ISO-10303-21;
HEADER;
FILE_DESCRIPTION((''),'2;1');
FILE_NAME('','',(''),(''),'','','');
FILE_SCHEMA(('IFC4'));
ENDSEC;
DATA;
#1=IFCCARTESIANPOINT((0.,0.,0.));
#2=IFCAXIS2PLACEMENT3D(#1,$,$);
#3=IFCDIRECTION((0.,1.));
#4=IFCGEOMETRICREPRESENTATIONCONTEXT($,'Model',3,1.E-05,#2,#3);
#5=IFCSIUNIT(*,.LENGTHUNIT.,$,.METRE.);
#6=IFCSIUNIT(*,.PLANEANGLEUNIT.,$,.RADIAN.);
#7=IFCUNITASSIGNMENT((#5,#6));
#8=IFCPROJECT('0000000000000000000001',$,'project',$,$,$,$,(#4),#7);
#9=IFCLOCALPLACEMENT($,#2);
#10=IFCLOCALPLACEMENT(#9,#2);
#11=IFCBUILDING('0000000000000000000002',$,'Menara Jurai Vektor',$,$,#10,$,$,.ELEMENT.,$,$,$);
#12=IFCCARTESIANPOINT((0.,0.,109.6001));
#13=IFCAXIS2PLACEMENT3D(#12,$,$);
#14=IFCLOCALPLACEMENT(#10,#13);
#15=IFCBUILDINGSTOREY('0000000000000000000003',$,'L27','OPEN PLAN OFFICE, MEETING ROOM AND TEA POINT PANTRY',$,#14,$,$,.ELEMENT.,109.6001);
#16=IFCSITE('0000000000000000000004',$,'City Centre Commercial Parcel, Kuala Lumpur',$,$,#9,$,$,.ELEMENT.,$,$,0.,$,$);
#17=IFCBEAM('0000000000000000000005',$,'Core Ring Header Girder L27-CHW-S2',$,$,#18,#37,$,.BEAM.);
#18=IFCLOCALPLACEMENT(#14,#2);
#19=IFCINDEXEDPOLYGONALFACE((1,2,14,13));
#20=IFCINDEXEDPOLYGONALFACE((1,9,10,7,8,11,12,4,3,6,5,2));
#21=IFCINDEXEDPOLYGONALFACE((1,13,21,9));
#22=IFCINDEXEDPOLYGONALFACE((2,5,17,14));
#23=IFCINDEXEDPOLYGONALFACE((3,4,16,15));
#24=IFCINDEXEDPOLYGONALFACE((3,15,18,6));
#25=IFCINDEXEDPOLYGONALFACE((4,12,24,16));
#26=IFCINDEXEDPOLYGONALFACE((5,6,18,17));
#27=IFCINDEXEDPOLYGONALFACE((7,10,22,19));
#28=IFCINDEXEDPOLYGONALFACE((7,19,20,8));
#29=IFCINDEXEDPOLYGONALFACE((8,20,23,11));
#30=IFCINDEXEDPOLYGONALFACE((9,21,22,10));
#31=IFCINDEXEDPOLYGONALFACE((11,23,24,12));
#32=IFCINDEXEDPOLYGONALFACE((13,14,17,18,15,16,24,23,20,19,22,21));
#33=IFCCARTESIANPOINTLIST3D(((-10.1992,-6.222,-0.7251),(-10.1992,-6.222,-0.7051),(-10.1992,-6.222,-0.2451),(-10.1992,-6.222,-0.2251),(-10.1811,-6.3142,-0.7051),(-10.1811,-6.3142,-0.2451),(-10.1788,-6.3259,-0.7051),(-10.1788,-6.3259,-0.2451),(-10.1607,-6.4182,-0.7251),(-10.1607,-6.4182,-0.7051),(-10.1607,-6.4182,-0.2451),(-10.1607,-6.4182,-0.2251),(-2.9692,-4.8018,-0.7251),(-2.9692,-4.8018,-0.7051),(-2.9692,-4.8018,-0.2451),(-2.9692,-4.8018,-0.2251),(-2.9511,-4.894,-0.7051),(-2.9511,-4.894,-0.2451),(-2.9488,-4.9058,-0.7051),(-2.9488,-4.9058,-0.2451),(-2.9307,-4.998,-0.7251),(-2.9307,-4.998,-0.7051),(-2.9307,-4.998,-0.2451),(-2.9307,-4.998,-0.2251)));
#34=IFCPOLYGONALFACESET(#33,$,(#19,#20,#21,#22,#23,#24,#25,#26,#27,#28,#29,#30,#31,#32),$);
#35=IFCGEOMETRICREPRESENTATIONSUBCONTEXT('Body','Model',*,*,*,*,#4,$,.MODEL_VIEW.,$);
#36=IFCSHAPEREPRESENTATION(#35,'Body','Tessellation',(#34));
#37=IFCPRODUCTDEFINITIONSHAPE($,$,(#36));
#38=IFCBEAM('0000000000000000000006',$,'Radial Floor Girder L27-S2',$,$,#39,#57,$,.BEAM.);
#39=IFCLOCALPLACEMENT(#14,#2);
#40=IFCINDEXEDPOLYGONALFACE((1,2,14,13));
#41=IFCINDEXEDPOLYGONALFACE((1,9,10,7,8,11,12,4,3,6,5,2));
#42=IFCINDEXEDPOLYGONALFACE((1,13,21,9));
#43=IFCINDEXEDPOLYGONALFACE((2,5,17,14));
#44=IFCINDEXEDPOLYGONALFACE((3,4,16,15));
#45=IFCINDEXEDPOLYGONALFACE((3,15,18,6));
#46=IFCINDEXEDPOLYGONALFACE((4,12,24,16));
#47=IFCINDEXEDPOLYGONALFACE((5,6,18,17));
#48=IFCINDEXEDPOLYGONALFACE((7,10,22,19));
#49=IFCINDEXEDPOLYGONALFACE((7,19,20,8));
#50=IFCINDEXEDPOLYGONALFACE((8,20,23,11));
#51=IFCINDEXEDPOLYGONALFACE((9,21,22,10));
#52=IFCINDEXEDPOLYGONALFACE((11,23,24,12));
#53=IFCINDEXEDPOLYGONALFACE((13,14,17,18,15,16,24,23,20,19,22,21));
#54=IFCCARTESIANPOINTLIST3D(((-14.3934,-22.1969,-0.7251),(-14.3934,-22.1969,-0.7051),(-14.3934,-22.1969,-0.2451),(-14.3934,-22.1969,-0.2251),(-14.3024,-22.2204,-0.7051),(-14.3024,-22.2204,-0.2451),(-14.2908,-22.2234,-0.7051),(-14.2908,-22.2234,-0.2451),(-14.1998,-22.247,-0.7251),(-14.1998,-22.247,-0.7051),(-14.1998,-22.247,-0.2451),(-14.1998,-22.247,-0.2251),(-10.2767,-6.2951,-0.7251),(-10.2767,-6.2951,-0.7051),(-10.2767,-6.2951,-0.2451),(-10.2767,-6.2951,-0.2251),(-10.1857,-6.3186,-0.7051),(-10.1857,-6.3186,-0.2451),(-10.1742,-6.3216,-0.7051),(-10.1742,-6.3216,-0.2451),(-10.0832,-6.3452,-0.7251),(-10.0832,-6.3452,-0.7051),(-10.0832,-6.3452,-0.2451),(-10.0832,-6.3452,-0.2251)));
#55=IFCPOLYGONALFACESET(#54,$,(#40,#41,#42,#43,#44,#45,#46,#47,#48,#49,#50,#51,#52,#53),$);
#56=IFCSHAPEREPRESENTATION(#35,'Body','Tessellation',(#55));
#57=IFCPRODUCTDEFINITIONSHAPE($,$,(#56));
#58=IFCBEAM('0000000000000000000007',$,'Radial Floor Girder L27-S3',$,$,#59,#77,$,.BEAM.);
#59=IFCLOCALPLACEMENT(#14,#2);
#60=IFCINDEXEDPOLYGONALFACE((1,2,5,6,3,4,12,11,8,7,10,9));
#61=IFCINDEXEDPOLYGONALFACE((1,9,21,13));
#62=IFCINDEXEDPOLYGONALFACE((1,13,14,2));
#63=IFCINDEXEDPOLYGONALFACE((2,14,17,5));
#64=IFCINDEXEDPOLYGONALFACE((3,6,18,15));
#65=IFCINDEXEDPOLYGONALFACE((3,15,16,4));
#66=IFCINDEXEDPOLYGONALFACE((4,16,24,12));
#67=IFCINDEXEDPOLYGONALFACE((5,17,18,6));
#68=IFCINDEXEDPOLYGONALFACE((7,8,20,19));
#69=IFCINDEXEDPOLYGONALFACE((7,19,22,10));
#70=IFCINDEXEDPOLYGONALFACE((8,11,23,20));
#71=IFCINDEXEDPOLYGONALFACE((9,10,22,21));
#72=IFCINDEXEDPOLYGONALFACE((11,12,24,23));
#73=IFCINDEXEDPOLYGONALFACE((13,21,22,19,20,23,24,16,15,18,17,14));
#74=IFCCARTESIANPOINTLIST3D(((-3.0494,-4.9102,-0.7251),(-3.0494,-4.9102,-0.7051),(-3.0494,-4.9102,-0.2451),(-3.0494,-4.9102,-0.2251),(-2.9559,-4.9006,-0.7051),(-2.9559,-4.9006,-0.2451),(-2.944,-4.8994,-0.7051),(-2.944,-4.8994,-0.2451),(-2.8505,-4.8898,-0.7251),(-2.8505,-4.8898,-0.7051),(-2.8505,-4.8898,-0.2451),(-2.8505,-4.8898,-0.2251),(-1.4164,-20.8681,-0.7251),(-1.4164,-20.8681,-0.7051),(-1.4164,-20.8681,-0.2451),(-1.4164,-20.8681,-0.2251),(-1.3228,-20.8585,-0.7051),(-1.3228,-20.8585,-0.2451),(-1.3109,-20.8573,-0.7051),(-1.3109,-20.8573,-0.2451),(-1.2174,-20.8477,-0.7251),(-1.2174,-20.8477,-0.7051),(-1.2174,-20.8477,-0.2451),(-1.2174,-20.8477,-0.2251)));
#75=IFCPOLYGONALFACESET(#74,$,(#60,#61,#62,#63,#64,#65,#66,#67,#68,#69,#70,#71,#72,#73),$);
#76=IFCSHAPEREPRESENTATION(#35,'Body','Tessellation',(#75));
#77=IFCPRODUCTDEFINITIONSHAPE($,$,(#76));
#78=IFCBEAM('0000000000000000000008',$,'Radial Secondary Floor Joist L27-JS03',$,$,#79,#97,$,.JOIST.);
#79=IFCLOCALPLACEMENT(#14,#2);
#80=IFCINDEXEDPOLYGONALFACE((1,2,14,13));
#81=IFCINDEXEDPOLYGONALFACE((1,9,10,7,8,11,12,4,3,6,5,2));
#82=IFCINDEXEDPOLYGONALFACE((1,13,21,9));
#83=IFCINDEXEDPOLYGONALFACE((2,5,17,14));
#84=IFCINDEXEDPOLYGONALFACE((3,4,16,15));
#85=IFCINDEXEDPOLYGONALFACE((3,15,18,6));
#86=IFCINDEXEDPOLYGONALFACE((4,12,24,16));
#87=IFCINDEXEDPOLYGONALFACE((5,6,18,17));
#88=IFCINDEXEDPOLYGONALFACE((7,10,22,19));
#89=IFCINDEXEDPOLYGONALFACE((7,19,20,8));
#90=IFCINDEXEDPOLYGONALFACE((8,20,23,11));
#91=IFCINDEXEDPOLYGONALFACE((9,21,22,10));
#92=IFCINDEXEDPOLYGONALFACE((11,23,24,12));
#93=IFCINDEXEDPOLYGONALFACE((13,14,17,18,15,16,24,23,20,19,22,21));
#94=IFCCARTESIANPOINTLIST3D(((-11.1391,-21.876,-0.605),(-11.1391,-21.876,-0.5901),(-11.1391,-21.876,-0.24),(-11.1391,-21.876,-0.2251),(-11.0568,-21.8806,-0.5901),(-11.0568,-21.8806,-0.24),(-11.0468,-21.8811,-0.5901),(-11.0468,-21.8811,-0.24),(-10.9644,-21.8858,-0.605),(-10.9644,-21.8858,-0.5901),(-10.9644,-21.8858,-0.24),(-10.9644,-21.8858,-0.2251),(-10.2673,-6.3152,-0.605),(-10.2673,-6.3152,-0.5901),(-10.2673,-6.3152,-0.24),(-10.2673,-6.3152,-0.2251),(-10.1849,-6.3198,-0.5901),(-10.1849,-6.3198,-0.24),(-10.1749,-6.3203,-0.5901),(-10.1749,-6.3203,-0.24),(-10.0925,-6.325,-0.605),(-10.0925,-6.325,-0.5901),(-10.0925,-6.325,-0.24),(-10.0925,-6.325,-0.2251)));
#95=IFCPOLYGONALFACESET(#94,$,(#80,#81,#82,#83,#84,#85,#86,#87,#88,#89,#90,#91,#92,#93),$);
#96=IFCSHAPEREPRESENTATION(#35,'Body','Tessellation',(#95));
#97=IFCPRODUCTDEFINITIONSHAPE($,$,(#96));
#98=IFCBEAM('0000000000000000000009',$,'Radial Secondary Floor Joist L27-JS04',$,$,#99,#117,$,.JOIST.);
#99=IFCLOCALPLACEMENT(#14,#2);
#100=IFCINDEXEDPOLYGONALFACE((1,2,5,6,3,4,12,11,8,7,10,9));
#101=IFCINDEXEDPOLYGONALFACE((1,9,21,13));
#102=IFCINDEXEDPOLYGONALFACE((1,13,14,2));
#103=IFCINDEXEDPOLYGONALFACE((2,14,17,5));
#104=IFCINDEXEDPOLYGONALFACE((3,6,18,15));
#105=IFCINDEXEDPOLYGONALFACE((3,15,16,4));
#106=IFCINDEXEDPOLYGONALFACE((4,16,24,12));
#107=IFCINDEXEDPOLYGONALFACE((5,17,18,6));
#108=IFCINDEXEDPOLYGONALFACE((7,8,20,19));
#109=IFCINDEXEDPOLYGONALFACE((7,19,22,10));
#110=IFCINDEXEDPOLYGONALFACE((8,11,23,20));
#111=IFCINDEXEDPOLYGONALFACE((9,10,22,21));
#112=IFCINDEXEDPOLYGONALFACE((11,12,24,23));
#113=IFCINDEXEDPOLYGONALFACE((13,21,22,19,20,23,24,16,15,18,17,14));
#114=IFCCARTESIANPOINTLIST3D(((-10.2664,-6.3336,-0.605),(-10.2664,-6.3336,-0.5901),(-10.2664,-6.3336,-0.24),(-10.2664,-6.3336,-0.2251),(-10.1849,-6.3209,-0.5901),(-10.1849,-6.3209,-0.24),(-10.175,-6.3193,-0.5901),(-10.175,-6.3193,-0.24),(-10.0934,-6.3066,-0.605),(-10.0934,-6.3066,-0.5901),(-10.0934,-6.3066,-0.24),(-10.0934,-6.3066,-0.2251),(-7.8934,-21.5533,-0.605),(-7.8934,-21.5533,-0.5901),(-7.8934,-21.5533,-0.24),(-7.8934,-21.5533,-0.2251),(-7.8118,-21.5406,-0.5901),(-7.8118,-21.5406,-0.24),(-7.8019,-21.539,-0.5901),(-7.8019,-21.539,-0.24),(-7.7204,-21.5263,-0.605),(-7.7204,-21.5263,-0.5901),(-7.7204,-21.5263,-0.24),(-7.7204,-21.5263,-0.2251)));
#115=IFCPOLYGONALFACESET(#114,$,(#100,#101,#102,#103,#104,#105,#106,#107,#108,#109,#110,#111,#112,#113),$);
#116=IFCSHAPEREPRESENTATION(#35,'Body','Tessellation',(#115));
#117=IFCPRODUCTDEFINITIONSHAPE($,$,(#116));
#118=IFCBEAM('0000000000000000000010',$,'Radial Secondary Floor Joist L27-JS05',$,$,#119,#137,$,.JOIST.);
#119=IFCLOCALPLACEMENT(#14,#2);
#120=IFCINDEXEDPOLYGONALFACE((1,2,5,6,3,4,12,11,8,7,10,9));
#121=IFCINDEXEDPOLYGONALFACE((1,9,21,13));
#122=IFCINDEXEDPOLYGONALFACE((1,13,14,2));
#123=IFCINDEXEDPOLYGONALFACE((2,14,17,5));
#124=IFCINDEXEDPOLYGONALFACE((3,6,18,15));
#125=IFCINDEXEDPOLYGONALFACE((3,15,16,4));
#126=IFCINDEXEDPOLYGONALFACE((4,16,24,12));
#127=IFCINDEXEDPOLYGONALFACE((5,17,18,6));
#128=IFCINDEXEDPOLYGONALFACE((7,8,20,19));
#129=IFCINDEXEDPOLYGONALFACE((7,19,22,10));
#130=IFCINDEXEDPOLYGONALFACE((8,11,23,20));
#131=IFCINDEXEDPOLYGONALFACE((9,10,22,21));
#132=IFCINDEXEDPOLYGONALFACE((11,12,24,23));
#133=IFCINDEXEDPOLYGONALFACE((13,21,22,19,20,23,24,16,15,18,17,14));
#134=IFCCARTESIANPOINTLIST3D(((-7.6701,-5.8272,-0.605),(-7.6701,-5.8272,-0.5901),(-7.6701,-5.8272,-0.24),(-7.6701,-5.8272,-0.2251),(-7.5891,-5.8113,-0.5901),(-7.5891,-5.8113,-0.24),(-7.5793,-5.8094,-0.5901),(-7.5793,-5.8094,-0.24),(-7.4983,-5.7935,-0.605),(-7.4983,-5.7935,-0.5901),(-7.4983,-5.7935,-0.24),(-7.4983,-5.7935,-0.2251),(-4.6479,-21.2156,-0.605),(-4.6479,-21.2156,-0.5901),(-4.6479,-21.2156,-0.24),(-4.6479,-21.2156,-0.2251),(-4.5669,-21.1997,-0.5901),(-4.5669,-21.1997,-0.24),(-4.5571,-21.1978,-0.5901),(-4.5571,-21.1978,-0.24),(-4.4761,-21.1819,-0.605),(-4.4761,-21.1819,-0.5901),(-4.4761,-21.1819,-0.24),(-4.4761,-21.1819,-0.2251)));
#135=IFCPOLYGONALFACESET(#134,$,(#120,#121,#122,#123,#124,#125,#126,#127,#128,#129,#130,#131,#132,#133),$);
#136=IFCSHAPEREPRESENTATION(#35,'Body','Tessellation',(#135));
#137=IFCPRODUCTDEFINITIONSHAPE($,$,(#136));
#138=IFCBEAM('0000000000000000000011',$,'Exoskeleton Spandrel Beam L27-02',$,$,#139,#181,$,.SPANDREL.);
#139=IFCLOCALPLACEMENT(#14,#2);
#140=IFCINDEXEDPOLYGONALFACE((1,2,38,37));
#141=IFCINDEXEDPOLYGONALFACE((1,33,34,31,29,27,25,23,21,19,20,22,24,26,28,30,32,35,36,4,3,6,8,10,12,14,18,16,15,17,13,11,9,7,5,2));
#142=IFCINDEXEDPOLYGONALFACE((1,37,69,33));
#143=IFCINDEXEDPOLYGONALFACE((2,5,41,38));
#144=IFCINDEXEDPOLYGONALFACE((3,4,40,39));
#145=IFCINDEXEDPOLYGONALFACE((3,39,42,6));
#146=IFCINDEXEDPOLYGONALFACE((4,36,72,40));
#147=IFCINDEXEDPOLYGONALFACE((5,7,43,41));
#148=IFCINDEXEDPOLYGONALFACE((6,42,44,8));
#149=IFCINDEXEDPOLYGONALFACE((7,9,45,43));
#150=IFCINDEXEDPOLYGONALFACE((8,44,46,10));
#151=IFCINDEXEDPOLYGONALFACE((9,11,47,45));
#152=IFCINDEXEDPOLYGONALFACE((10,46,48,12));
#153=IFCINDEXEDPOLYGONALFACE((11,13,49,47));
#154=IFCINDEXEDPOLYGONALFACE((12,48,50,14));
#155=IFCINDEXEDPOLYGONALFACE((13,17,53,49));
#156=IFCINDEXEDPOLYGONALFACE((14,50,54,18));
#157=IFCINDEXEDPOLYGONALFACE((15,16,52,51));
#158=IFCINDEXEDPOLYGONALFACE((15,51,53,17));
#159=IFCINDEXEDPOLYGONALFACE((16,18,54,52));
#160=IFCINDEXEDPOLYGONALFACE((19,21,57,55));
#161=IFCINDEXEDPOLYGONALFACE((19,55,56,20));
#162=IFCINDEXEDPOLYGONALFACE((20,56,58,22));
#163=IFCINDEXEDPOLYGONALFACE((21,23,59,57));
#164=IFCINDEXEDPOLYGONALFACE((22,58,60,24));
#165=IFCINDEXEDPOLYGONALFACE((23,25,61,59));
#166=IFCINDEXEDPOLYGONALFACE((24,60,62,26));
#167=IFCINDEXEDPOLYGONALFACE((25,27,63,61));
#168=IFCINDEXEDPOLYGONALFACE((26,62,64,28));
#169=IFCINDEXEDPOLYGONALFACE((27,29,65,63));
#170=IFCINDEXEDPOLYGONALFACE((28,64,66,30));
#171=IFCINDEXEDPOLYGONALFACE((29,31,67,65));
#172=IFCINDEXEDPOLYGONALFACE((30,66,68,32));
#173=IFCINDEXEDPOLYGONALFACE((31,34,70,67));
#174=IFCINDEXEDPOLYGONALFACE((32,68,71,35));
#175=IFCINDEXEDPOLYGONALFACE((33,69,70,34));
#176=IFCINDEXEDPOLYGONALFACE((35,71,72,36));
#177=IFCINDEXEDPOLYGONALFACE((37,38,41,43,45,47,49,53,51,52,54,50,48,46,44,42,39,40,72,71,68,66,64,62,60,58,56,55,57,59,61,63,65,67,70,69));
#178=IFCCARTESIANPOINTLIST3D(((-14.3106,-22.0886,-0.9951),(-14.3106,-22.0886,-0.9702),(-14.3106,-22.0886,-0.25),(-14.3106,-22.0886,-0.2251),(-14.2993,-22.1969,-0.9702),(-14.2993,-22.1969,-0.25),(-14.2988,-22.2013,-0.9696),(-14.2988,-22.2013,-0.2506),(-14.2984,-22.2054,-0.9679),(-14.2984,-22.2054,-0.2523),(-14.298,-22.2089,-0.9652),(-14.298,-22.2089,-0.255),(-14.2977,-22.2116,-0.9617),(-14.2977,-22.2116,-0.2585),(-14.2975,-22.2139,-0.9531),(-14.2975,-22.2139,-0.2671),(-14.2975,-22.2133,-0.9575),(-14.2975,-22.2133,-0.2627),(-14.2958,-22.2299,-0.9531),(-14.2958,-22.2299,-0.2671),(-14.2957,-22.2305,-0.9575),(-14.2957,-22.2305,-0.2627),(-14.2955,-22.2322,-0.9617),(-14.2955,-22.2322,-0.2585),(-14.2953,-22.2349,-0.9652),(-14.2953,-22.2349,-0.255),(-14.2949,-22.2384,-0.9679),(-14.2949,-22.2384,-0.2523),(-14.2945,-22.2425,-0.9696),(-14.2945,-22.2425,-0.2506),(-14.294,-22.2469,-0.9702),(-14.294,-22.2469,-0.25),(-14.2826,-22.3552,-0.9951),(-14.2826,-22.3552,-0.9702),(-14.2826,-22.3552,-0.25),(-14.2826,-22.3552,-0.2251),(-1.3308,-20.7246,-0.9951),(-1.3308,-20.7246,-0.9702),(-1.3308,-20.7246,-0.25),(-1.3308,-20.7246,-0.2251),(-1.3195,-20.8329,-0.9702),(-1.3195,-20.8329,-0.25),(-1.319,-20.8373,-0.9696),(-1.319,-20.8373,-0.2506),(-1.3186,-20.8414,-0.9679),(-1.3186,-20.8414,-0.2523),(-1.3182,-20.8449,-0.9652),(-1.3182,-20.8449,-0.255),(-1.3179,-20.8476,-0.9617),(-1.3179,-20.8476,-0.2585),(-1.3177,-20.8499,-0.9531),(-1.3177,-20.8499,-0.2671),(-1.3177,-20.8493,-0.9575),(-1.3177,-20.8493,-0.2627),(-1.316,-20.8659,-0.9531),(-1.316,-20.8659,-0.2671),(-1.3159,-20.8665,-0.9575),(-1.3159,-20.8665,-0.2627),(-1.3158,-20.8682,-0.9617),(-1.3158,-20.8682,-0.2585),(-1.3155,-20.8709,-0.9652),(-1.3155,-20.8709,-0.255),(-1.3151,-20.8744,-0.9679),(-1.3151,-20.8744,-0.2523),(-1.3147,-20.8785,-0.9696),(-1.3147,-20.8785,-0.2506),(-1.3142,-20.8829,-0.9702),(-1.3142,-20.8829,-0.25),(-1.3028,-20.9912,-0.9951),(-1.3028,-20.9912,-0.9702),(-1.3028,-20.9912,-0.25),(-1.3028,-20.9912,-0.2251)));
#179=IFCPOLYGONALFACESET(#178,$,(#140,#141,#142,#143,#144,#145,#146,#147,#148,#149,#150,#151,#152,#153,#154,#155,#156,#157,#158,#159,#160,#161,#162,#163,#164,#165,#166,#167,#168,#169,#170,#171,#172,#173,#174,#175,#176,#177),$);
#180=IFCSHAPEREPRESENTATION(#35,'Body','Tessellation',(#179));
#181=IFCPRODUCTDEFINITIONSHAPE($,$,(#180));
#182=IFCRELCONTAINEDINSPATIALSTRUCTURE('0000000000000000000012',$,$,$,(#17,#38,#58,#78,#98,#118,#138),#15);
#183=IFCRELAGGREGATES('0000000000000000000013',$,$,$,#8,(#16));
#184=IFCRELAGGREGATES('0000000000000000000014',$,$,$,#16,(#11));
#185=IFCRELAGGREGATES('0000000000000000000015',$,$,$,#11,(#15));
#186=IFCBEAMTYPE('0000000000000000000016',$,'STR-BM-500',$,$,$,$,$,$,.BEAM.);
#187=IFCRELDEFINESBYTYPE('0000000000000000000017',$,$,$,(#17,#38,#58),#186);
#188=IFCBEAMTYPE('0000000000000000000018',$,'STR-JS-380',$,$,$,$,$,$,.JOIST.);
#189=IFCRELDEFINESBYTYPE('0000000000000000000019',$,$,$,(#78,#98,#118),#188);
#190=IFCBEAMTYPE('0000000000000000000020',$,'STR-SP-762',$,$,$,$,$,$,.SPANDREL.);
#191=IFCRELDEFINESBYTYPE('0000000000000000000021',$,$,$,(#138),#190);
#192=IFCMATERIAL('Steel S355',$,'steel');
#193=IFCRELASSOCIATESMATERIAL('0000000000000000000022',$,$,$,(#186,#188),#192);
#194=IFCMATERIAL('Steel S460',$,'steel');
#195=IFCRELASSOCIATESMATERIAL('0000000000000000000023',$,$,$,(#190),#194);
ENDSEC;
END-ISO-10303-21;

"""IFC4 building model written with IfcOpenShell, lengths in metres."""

from ifc_helpers import new_model, si_unit, direction, frame, origin, origin_2d, place, context, subcontext, project, spatial, i_section, extrude, material, material_profile, profile_set, type_object, element, save


model = new_model("IFC4")

# Units and contexts
model_context = context("Model", 3, precision=1e-05, world=origin(), true_north=direction((0.0, 1.0)))
body_context = subcontext(model_context, "Body", "Model", "MODEL_VIEW")
ifc_project = project(units=[si_unit("LENGTHUNIT", "METRE"), si_unit("PLANEANGLEUNIT", "RADIAN")], contexts=[model_context])

# Site, building, storey
site_placement = place(None, origin())
site = spatial("IfcSite", under=ifc_project, at=site_placement, Name="City Centre Commercial Parcel, Kuala Lumpur", CompositionType="ELEMENT", RefElevation=0.0)
building_placement = place(site_placement, origin())
building = spatial("IfcBuilding", under=site, at=building_placement, Name="Menara Jurai Vektor", CompositionType="ELEMENT")
storey_placement = place(building_placement, frame((0.0, 0.0, 109.6001)))
storey = spatial("IfcBuildingStorey", under=building, at=storey_placement, Name="L27", Description="OPEN PLAN OFFICE, MEETING ROOM AND TEA POINT PANTRY", CompositionType="ELEMENT", Elevation=109.6001)

# Shared definitions
ifc_material_1 = material(Name="Steel S460", Category="steel")

# Beams
ifc_material_2 = material(Name="Steel S355", Category="steel")
ifc_material_profile_1 = material_profile(ifc_material_2, i_section(OverallWidth=0.2, OverallDepth=0.5, WebThickness=0.012, FlangeThickness=0.02, at=origin_2d()), Name="PG 500x200x96")
ifc_profile_set_1 = profile_set([ifc_material_profile_1], Name="Steel S355")
beam_type_1 = type_object("IfcBeamType", Name="STR-BM-500", PredefinedType="BEAM", material=ifc_profile_set_1)
beam_1_placement = place(storey_placement, frame((-10.1799, -6.3201, -0.4751), z_axis=(0.981249, 0.192744, 0.0), x_axis=(-0.192744, 0.981249, 0.0)))
element("IfcBeam", 1, at=beam_1_placement, inside=storey, type_object=beam_type_1, Name="Core Ring Header Girder L27-CHW-S2", PredefinedType="BEAM", context=body_context, shape_type="SweptSolid", body=[
    extrude(i_section(OverallWidth=0.2, OverallDepth=0.5, WebThickness=0.012, FlangeThickness=0.02, at=origin_2d()), origin(), (0.0, 0.0, 1.0), 7.3682),
])
beam_2_placement = place(storey_placement, frame((-14.2966, -22.2219, -0.4751), z_axis=(0.25062, 0.968086, 0.0), x_axis=(-0.968086, 0.25062, 0.0)))
element("IfcBeam", 2, at=beam_2_placement, inside=storey, type_object=beam_type_1, Name="Radial Floor Girder L27-S2", PredefinedType="BEAM", context=body_context, shape_type="SweptSolid", body=[
    extrude(i_section(OverallWidth=0.2, OverallDepth=0.5, WebThickness=0.012, FlangeThickness=0.02, at=origin_2d()), origin(), (0.0, 0.0, 1.0), 16.426),
])
beam_3_placement = place(storey_placement, frame((-1.3169, -20.8579, -0.4751), z_axis=(-0.101803, 0.994805, 0.0), x_axis=(-0.994805, -0.101803, 0.0)))
element("IfcBeam", 3, at=beam_3_placement, inside=storey, type_object=beam_type_1, Name="Radial Floor Girder L27-S3", PredefinedType="BEAM", context=body_context, shape_type="SweptSolid", body=[
    extrude(i_section(OverallWidth=0.2, OverallDepth=0.5, WebThickness=0.012, FlangeThickness=0.02, at=origin_2d()), origin(), (0.0, 0.0, 1.0), 16.0413),
])
ifc_material_profile_2 = material_profile(ifc_material_2, i_section(OverallWidth=0.175, OverallDepth=0.3799, WebThickness=0.01, FlangeThickness=0.0149, at=origin_2d()), Name="PG 380x175x58")
ifc_profile_set_2 = profile_set([ifc_material_profile_2], Name="Steel S355")
beam_type_2 = type_object("IfcBeamType", Name="STR-JS-380", PredefinedType="JOIST", material=ifc_profile_set_2)
beam_4_placement = place(storey_placement, frame((-11.0518, -21.8809, -0.415), z_axis=(0.055939, 0.998434, 0.0), x_axis=(-0.998434, 0.055939, 0.0)))
element("IfcBeam", 4, at=beam_4_placement, inside=storey, type_object=beam_type_2, Name="Radial Secondary Floor Joist L27-JS03", PredefinedType="JOIST", context=body_context, shape_type="SweptSolid", body=[
    extrude(i_section(OverallWidth=0.175, OverallDepth=0.3799, WebThickness=0.01, FlangeThickness=0.0149, at=origin_2d()), origin(), (0.0, 0.0, 1.0), 15.5852),
])
beam_5_placement = place(storey_placement, frame((-7.8069, -21.5398, -0.415), z_axis=(-0.154058, 0.988062, 0.0), x_axis=(-0.988062, -0.154058, 0.0)))
element("IfcBeam", 5, at=beam_5_placement, inside=storey, type_object=beam_type_2, Name="Radial Secondary Floor Joist L27-JS04", PredefinedType="JOIST", context=body_context, shape_type="SweptSolid", body=[
    extrude(i_section(OverallWidth=0.175, OverallDepth=0.3799, WebThickness=0.01, FlangeThickness=0.0149, at=origin_2d()), origin(), (0.0, 0.0, 1.0), 15.4036),
])
beam_6_placement = place(storey_placement, frame((-4.562, -21.1987, -0.415), z_axis=(-0.192714, 0.981255, 0.0), x_axis=(-0.981255, -0.192714, 0.0)))
element("IfcBeam", 6, at=beam_6_placement, inside=storey, type_object=beam_type_2, Name="Radial Secondary Floor Joist L27-JS05", PredefinedType="JOIST", context=body_context, shape_type="SweptSolid", body=[
    extrude(i_section(OverallWidth=0.175, OverallDepth=0.3799, WebThickness=0.01, FlangeThickness=0.0149, at=origin_2d()), origin(), (0.0, 0.0, 1.0), 15.6824),
])
ifc_material_profile_3 = material_profile(ifc_material_1, i_section(OverallWidth=0.2681, OverallDepth=0.77, WebThickness=0.0161, FlangeThickness=0.0249, FilletRadius=0.0171, at=origin_2d()), Name="UKB 762x267x197")
ifc_profile_set_3 = profile_set([ifc_material_profile_3], Name="Steel S460")
beam_type_3 = type_object("IfcBeamType", Name="STR-SP-762", PredefinedType="SPANDREL", material=ifc_profile_set_3)
beam_7_placement = place(storey_placement, frame((-14.2966, -22.2219, -0.6101), z_axis=(0.994524, 0.104512, 0.0), x_axis=(-0.104512, 0.994524, 0.0)))
element("IfcBeam", 7, at=beam_7_placement, inside=storey, type_object=beam_type_3, Name="Exoskeleton Spandrel Beam L27-02", PredefinedType="SPANDREL", context=body_context, shape_type="SweptSolid", body=[
    extrude(i_section(OverallWidth=0.2681, OverallDepth=0.77, WebThickness=0.0161, FlangeThickness=0.0249, FilletRadius=0.0171, at=origin_2d()), origin(), (0.0, 0.0, 1.0), 13.0513),
])

save(model, "model.ifc")
